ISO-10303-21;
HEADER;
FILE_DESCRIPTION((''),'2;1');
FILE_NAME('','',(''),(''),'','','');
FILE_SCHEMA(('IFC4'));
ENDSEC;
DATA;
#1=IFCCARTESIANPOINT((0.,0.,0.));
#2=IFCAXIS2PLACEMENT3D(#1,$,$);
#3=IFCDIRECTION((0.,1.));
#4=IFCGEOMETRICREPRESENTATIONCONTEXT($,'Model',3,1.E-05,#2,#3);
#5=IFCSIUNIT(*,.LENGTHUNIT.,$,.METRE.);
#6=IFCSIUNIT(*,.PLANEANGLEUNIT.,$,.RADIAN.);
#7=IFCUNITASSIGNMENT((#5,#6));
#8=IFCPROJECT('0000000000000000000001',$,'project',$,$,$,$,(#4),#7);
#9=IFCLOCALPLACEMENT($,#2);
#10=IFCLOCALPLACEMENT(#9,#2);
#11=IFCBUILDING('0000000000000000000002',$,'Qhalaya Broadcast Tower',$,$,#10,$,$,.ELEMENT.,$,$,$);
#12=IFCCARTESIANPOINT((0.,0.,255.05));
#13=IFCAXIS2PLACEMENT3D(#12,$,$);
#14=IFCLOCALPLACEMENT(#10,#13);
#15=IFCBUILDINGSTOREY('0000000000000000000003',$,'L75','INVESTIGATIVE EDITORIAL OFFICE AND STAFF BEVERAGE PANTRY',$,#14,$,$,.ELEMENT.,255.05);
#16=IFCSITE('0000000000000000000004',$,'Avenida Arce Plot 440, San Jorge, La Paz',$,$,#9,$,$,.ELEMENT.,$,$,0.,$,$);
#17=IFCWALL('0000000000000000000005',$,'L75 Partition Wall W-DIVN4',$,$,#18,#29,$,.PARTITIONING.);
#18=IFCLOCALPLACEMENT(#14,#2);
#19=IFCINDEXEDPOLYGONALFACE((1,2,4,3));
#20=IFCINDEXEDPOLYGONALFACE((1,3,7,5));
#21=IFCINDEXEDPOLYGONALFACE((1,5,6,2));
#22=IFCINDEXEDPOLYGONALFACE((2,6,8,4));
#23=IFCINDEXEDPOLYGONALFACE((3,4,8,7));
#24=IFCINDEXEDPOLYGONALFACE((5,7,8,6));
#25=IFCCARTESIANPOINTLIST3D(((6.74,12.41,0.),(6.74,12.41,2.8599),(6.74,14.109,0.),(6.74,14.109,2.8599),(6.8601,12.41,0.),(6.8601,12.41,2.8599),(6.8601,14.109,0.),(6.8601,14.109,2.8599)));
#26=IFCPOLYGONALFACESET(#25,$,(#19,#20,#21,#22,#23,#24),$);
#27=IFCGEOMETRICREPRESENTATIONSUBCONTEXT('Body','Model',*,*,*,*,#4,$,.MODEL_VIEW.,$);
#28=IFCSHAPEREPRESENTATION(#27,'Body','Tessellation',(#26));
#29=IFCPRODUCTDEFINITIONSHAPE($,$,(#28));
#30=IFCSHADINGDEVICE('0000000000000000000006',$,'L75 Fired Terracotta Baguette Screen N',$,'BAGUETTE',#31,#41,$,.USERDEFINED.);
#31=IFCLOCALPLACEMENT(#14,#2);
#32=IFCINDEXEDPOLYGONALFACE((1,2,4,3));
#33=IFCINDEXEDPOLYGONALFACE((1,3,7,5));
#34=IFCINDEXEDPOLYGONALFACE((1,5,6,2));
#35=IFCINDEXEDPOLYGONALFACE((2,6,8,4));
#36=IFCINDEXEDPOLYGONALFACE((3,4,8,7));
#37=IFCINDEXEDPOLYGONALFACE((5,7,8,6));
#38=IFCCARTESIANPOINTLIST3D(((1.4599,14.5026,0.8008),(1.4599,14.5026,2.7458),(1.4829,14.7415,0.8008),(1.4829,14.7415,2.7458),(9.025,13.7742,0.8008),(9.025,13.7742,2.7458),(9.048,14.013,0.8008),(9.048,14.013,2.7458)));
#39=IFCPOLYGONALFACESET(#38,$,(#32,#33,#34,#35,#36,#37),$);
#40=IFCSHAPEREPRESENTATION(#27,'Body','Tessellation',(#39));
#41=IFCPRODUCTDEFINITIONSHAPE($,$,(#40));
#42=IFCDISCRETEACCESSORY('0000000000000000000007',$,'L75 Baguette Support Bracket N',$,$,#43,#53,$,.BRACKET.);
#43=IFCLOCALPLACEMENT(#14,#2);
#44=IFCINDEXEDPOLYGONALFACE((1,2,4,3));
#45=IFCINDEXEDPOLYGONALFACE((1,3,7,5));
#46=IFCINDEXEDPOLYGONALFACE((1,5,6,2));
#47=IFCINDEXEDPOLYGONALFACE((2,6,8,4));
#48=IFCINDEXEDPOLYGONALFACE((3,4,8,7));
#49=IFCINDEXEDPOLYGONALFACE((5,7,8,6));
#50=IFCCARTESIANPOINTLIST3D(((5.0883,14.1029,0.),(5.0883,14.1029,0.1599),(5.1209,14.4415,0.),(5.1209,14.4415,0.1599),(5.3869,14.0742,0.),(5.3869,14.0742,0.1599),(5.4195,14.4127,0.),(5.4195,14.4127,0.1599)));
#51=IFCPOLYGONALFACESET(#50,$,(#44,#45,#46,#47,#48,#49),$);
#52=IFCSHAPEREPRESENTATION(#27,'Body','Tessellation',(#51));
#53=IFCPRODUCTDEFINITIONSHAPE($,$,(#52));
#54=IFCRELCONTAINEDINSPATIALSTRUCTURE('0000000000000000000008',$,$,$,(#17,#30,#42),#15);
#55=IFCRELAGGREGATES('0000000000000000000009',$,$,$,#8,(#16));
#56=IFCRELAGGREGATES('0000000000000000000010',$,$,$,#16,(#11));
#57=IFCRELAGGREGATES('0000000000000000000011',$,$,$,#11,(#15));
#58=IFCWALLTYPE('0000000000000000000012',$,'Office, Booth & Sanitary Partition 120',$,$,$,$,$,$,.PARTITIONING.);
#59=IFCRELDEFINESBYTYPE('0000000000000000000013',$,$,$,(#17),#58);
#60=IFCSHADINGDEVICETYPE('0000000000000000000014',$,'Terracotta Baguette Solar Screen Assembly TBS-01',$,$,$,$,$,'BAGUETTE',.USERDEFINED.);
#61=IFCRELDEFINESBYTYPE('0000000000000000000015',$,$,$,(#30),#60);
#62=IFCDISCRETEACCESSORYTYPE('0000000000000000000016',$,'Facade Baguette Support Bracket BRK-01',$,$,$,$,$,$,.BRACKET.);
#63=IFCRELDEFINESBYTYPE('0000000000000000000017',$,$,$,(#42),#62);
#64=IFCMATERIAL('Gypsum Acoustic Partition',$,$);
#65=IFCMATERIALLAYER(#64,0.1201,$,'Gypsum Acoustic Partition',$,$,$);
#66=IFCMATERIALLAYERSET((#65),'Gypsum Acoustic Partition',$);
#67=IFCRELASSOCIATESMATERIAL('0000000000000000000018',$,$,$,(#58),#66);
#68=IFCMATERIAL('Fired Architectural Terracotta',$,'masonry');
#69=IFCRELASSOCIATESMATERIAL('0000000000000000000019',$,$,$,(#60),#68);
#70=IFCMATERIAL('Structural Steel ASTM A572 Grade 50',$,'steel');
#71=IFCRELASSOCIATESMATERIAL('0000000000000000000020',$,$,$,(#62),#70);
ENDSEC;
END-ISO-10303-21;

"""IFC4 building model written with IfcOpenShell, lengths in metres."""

from ifc_helpers import new_model, si_unit, direction, frame, frame_2d, origin, origin_2d, place, context, subcontext, project, spatial, rectangle, extrude, material, layer, layer_set, type_object, element, save


model = new_model("IFC4")

# Units and contexts
model_context = context("Model", 3, precision=1e-05, world=origin(), true_north=direction((0.0, 1.0)))
body_context = subcontext(model_context, "Body", "Model", "MODEL_VIEW")
ifc_project = project(units=[si_unit("LENGTHUNIT", "METRE"), si_unit("PLANEANGLEUNIT", "RADIAN")], contexts=[model_context])

# Site, building, storey
site_placement = place(None, origin())
site = spatial("IfcSite", under=ifc_project, at=site_placement, Name="Avenida Arce Plot 440, San Jorge, La Paz", CompositionType="ELEMENT", RefElevation=0.0)
building_placement = place(site_placement, origin())
building = spatial("IfcBuilding", under=site, at=building_placement, Name="Qhalaya Broadcast Tower", CompositionType="ELEMENT")
storey_placement = place(building_placement, frame((0.0, 0.0, 255.05)))
storey = spatial("IfcBuildingStorey", under=building, at=storey_placement, Name="L75", Description="INVESTIGATIVE EDITORIAL OFFICE AND STAFF BEVERAGE PANTRY", CompositionType="ELEMENT", Elevation=255.05)

# Shared definitions
ifc_material_1 = material(Name="Structural Steel ASTM A572 Grade 50", Category="steel")

# Shared definitions
ifc_material_2 = material(Name="Fired Architectural Terracotta", Category="masonry")

# Wall
ifc_material_3 = material(Name="Gypsum Acoustic Partition")
ifc_layer_1 = layer(ifc_material_3, 0.1201, Name="Gypsum Acoustic Partition")
ifc_layer_set_1 = layer_set([ifc_layer_1], Name="Gypsum Acoustic Partition")
wall_type = type_object("IfcWallType", Name="Office, Booth & Sanitary Partition 120", PredefinedType="PARTITIONING", material=ifc_layer_set_1)
wall_placement = place(storey_placement, frame((6.8, 12.4099, 0.0), z_axis=(0.0, 0.0, 1.0), x_axis=(0.0, 1.0, 0.0)))
element("IfcWall", 1, at=wall_placement, inside=storey, type_object=wall_type, Name="L75 Partition Wall W-DIVN4", PredefinedType="PARTITIONING", context=body_context, shape_type="SweptSolid", body=[
    extrude(rectangle(XDim=1.699, YDim=0.1201, at=frame_2d((0.8496, 0.0))), origin(), (0.0, 0.0, 1.0), 2.8599),
])

# Shading device
shading_device_type = type_object("IfcShadingDeviceType", Name="Terracotta Baguette Solar Screen Assembly TBS-01", ElementType="BAGUETTE", PredefinedType="USERDEFINED", material=ifc_material_2)
shading_device_placement = place(storey_placement, frame((5.2539, 14.2578, 0.8008), z_axis=(0.0, 0.0, 1.0), x_axis=(-0.995396, 0.095846, 0.0)))
element("IfcShadingDevice", 2, at=shading_device_placement, inside=storey, type_object=shading_device_type, Name="L75 Fired Terracotta Baguette Screen N", ObjectType="BAGUETTE", PredefinedType="USERDEFINED", context=body_context, shape_type="SweptSolid", body=[
    extrude(rectangle(XDim=7.6001, YDim=0.24, at=origin_2d()), origin(), (0.0, 0.0, 1.0), 1.9451),
])

# Discrete accessory
discrete_accessory_type = type_object("IfcDiscreteAccessoryType", Name="Facade Baguette Support Bracket BRK-01", PredefinedType="BRACKET", material=ifc_material_1)
discrete_accessory_placement = place(storey_placement, frame((5.2539, 14.2578, 0.0), z_axis=(0.0, 0.0, 1.0), x_axis=(-0.995396, 0.095846, 0.0)))
element("IfcDiscreteAccessory", 3, at=discrete_accessory_placement, inside=storey, type_object=discrete_accessory_type, Name="L75 Baguette Support Bracket N", PredefinedType="BRACKET", context=body_context, shape_type="SweptSolid", body=[
    extrude(rectangle(XDim=0.3, YDim=0.3401, at=origin_2d()), origin(), (0.0, 0.0, 1.0), 0.1599),
])

save(model, "model.ifc")
